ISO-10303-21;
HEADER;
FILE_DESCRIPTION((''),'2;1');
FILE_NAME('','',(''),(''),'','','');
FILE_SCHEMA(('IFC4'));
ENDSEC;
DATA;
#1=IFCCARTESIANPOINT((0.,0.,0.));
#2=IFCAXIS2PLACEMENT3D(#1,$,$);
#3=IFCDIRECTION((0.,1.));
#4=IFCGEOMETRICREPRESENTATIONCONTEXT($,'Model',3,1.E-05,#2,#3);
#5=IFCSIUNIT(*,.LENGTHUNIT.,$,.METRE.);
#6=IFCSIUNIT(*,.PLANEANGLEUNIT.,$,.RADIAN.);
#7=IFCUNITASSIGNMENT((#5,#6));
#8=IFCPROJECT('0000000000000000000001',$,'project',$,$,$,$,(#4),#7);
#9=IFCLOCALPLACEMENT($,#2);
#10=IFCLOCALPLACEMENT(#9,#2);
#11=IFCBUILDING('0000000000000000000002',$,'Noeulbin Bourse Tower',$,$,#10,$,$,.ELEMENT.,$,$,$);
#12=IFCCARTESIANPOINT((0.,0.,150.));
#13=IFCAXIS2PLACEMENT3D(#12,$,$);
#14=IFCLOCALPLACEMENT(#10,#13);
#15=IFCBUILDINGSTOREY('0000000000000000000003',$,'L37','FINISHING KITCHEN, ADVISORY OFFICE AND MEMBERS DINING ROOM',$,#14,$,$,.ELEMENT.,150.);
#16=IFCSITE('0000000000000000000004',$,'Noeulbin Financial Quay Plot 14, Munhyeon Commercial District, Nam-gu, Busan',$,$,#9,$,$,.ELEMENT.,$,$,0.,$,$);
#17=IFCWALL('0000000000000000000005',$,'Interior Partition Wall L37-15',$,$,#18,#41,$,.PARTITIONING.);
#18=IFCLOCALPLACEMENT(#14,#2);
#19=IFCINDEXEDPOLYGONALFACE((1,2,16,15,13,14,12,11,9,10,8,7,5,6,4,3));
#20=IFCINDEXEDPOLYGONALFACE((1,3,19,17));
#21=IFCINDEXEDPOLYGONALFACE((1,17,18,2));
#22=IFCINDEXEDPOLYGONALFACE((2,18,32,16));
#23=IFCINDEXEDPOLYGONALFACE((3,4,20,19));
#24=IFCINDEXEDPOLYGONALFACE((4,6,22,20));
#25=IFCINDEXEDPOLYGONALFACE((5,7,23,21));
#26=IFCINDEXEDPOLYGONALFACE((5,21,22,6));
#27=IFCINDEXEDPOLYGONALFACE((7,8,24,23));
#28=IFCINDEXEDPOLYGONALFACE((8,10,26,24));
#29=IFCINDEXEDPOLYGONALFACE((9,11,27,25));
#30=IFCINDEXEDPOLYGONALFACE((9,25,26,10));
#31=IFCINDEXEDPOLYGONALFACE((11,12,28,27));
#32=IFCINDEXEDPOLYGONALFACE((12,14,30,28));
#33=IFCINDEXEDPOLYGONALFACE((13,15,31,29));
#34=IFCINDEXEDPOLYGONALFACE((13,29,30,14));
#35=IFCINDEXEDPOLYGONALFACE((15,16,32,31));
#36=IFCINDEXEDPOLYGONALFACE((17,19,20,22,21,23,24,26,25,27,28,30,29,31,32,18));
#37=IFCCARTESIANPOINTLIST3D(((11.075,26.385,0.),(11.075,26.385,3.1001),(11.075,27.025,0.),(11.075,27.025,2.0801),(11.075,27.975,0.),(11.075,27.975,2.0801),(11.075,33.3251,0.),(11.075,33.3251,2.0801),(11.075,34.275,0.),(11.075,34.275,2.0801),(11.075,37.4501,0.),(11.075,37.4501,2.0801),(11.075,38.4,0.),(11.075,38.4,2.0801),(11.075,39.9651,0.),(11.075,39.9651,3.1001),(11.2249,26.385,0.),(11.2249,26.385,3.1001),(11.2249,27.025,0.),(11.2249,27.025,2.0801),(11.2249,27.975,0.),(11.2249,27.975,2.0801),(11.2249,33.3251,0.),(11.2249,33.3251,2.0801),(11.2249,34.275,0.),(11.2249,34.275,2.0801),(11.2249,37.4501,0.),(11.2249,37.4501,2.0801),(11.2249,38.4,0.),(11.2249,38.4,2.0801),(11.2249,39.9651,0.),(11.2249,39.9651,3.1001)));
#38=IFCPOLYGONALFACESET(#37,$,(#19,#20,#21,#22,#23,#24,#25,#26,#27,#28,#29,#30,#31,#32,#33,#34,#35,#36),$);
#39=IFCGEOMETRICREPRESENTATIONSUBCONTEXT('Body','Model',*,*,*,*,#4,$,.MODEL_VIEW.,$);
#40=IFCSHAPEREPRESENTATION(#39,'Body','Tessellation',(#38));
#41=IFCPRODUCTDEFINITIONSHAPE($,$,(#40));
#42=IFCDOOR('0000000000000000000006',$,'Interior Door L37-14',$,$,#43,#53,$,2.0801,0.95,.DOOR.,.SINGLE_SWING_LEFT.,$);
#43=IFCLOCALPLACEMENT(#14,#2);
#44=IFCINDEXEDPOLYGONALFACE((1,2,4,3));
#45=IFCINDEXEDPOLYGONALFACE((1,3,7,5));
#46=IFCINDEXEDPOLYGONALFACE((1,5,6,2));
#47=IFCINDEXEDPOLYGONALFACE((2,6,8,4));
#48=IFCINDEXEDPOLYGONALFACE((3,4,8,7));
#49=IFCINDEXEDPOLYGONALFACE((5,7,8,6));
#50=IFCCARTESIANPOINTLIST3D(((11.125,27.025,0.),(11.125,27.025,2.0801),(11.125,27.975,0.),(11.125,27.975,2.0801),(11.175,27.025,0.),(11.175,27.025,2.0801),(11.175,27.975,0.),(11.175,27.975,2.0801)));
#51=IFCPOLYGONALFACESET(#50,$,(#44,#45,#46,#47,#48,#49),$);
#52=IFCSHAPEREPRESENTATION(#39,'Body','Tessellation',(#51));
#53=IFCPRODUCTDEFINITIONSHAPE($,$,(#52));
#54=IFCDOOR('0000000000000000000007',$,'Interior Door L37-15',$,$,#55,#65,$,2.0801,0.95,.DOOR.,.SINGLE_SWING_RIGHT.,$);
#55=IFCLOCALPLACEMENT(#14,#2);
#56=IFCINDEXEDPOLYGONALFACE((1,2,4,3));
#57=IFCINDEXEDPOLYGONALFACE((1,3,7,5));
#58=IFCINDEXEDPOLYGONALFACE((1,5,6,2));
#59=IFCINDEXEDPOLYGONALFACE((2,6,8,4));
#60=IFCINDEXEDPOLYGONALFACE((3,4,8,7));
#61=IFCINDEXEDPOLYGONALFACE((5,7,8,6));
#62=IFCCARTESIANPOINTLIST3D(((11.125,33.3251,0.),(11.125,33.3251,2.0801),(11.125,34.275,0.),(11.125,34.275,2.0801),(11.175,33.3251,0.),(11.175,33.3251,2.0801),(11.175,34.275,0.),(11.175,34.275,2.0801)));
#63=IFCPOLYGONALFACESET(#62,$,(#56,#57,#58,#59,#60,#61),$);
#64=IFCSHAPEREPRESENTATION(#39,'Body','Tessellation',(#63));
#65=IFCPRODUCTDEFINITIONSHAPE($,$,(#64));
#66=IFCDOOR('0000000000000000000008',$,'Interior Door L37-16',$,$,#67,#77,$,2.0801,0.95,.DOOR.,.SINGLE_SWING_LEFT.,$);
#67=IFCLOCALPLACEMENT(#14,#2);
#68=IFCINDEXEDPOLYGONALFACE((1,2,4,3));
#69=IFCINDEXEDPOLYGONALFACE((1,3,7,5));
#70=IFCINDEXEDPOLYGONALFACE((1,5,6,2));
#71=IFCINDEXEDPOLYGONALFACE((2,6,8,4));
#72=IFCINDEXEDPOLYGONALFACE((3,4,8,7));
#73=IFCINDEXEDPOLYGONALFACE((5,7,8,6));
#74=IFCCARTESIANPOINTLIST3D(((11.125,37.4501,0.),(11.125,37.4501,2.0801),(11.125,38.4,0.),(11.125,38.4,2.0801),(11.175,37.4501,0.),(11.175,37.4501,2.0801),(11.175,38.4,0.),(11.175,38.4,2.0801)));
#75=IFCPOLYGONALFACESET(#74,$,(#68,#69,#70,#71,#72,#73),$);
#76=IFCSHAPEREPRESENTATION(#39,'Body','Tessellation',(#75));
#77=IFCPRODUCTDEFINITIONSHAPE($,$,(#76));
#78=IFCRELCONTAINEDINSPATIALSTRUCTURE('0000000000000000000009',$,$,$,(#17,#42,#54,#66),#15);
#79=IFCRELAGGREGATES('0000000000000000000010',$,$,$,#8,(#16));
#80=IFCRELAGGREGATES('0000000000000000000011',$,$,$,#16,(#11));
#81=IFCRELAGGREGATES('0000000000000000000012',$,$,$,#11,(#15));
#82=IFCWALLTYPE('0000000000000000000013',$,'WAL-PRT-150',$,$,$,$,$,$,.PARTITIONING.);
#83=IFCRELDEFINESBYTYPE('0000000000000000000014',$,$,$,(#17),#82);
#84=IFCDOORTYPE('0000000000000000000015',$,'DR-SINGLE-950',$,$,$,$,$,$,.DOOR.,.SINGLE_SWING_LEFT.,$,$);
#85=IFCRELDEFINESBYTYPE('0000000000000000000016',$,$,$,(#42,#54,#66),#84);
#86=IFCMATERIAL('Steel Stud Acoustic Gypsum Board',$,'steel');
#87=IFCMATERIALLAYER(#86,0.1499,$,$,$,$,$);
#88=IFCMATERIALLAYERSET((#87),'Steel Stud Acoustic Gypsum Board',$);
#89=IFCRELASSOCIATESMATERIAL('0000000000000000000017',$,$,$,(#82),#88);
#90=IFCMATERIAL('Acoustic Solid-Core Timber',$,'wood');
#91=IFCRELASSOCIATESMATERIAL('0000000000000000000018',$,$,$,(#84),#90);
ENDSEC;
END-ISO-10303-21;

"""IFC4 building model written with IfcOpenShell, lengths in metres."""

from ifc_helpers import new_model, si_unit, direction, frame, frame_2d, origin, place, context, subcontext, project, spatial, rectangle, extrude, material, layer, layer_set, type_object, element, fill, save


model = new_model("IFC4")

# Units and contexts
model_context = context("Model", 3, precision=1e-05, world=origin(), true_north=direction((0.0, 1.0)))
body_context = subcontext(model_context, "Body", "Model", "MODEL_VIEW")
ifc_project = project(units=[si_unit("LENGTHUNIT", "METRE"), si_unit("PLANEANGLEUNIT", "RADIAN")], contexts=[model_context])

# Site, building, storey
site_placement = place(None, origin())
site = spatial("IfcSite", under=ifc_project, at=site_placement, Name="Noeulbin Financial Quay Plot 14, Munhyeon Commercial District, Nam-gu, Busan", CompositionType="ELEMENT", RefElevation=0.0)
building_placement = place(site_placement, origin())
building = spatial("IfcBuilding", under=site, at=building_placement, Name="Noeulbin Bourse Tower", CompositionType="ELEMENT")
storey_placement = place(building_placement, frame((0.0, 0.0, 150.0)))
storey = spatial("IfcBuildingStorey", under=building, at=storey_placement, Name="L37", Description="FINISHING KITCHEN, ADVISORY OFFICE AND MEMBERS DINING ROOM", CompositionType="ELEMENT", Elevation=150.0)

# Wall, openings, doors
ifc_material_1 = material(Name="Steel Stud Acoustic Gypsum Board", Category="steel")
ifc_layer_1 = layer(ifc_material_1, 0.1499)
ifc_layer_set_1 = layer_set([ifc_layer_1], Name="Steel Stud Acoustic Gypsum Board")
wall_type_1 = type_object("IfcWallType", Name="WAL-PRT-150", PredefinedType="PARTITIONING", material=ifc_layer_set_1)
wall_1_placement = place(storey_placement, frame((11.1499, 26.385, 0.0), z_axis=(0.0, 0.0, 1.0), x_axis=(0.0, 1.0, 0.0)))
wall_1 = element("IfcWall", 1, at=wall_1_placement, inside=storey, type_object=wall_type_1, Name="Interior Partition Wall L37-15", PredefinedType="PARTITIONING", context=body_context, shape_type="SweptSolid", body=[
    extrude(rectangle(XDim=13.5801, YDim=0.1499, at=frame_2d((6.79, 0.0))), origin(), (0.0, 0.0, 1.0), 3.1001),
])
opening_1_placement = place(wall_1_placement, frame((0.6399, 0.0, 0.0)))
opening_1 = element("IfcOpeningElement", 2, at=opening_1_placement, cuts=wall_1, PredefinedType="OPENING", context=body_context, shape_type="SweptSolid", body=[
    extrude(rectangle(XDim=0.95, YDim=2.0801, at=frame_2d((0.4751, 1.04))), frame((0.0, 0.085, 0.0), z_axis=(0.0, -1.0, 0.0), x_axis=(1.0, 0.0, 0.0)), (0.0, 0.0, 1.0), 0.1699),
])
opening_2_placement = place(wall_1_placement, frame((6.9399, 0.0, 0.0)))
opening_2 = element("IfcOpeningElement", 3, at=opening_2_placement, cuts=wall_1, PredefinedType="OPENING", context=body_context, shape_type="SweptSolid", body=[
    extrude(rectangle(XDim=0.95, YDim=2.0801, at=frame_2d((0.4751, 1.04))), frame((0.0, 0.085, 0.0), z_axis=(0.0, -1.0, 0.0), x_axis=(1.0, 0.0, 0.0)), (0.0, 0.0, 1.0), 0.1699),
])
opening_3_placement = place(wall_1_placement, frame((11.0649, 0.0, 0.0)))
opening_3 = element("IfcOpeningElement", 4, at=opening_3_placement, cuts=wall_1, PredefinedType="OPENING", context=body_context, shape_type="SweptSolid", body=[
    extrude(rectangle(XDim=0.95, YDim=2.0801, at=frame_2d((0.4751, 1.04))), frame((0.0, 0.085, 0.0), z_axis=(0.0, -1.0, 0.0), x_axis=(1.0, 0.0, 0.0)), (0.0, 0.0, 1.0), 0.1699),
])
ifc_material_2 = material(Name="Acoustic Solid-Core Timber", Category="wood")
door_type = type_object("IfcDoorType", Name="DR-SINGLE-950", OperationType="SINGLE_SWING_LEFT", PredefinedType="DOOR", material=ifc_material_2)
door_1_placement = place(opening_1_placement, origin())
door_1 = element("IfcDoor", 5, at=door_1_placement, inside=storey, type_object=door_type, Name="Interior Door L37-14", OperationType="SINGLE_SWING_LEFT", OverallHeight=2.0801, OverallWidth=0.95, PredefinedType="DOOR", context=body_context, shape_type="SweptSolid", body=[
    extrude(rectangle(XDim=0.95, YDim=2.0801, at=frame_2d((0.4751, 1.04))), frame((0.0, 0.0249, 0.0), z_axis=(0.0, -1.0, 0.0), x_axis=(1.0, 0.0, 0.0)), (0.0, 0.0, 1.0), 0.05),
])
fill(opening_1, door_1)
door_2_placement = place(opening_2_placement, origin())
door_2 = element("IfcDoor", 6, at=door_2_placement, inside=storey, type_object=door_type, Name="Interior Door L37-15", OperationType="SINGLE_SWING_RIGHT", OverallHeight=2.0801, OverallWidth=0.95, PredefinedType="DOOR", context=body_context, shape_type="SweptSolid", body=[
    extrude(rectangle(XDim=0.95, YDim=2.0801, at=frame_2d((0.4751, 1.04))), frame((0.0, 0.0249, 0.0), z_axis=(0.0, -1.0, 0.0), x_axis=(1.0, 0.0, 0.0)), (0.0, 0.0, 1.0), 0.05),
])
fill(opening_2, door_2)
door_3_placement = place(opening_3_placement, origin())
door_3 = element("IfcDoor", 7, at=door_3_placement, inside=storey, type_object=door_type, Name="Interior Door L37-16", OperationType="SINGLE_SWING_LEFT", OverallHeight=2.0801, OverallWidth=0.95, PredefinedType="DOOR", context=body_context, shape_type="SweptSolid", body=[
    extrude(rectangle(XDim=0.95, YDim=2.0801, at=frame_2d((0.4751, 1.04))), frame((0.0, 0.0249, 0.0), z_axis=(0.0, -1.0, 0.0), x_axis=(1.0, 0.0, 0.0)), (0.0, 0.0, 1.0), 0.05),
])
fill(opening_3, door_3)

save(model, "model.ifc")
